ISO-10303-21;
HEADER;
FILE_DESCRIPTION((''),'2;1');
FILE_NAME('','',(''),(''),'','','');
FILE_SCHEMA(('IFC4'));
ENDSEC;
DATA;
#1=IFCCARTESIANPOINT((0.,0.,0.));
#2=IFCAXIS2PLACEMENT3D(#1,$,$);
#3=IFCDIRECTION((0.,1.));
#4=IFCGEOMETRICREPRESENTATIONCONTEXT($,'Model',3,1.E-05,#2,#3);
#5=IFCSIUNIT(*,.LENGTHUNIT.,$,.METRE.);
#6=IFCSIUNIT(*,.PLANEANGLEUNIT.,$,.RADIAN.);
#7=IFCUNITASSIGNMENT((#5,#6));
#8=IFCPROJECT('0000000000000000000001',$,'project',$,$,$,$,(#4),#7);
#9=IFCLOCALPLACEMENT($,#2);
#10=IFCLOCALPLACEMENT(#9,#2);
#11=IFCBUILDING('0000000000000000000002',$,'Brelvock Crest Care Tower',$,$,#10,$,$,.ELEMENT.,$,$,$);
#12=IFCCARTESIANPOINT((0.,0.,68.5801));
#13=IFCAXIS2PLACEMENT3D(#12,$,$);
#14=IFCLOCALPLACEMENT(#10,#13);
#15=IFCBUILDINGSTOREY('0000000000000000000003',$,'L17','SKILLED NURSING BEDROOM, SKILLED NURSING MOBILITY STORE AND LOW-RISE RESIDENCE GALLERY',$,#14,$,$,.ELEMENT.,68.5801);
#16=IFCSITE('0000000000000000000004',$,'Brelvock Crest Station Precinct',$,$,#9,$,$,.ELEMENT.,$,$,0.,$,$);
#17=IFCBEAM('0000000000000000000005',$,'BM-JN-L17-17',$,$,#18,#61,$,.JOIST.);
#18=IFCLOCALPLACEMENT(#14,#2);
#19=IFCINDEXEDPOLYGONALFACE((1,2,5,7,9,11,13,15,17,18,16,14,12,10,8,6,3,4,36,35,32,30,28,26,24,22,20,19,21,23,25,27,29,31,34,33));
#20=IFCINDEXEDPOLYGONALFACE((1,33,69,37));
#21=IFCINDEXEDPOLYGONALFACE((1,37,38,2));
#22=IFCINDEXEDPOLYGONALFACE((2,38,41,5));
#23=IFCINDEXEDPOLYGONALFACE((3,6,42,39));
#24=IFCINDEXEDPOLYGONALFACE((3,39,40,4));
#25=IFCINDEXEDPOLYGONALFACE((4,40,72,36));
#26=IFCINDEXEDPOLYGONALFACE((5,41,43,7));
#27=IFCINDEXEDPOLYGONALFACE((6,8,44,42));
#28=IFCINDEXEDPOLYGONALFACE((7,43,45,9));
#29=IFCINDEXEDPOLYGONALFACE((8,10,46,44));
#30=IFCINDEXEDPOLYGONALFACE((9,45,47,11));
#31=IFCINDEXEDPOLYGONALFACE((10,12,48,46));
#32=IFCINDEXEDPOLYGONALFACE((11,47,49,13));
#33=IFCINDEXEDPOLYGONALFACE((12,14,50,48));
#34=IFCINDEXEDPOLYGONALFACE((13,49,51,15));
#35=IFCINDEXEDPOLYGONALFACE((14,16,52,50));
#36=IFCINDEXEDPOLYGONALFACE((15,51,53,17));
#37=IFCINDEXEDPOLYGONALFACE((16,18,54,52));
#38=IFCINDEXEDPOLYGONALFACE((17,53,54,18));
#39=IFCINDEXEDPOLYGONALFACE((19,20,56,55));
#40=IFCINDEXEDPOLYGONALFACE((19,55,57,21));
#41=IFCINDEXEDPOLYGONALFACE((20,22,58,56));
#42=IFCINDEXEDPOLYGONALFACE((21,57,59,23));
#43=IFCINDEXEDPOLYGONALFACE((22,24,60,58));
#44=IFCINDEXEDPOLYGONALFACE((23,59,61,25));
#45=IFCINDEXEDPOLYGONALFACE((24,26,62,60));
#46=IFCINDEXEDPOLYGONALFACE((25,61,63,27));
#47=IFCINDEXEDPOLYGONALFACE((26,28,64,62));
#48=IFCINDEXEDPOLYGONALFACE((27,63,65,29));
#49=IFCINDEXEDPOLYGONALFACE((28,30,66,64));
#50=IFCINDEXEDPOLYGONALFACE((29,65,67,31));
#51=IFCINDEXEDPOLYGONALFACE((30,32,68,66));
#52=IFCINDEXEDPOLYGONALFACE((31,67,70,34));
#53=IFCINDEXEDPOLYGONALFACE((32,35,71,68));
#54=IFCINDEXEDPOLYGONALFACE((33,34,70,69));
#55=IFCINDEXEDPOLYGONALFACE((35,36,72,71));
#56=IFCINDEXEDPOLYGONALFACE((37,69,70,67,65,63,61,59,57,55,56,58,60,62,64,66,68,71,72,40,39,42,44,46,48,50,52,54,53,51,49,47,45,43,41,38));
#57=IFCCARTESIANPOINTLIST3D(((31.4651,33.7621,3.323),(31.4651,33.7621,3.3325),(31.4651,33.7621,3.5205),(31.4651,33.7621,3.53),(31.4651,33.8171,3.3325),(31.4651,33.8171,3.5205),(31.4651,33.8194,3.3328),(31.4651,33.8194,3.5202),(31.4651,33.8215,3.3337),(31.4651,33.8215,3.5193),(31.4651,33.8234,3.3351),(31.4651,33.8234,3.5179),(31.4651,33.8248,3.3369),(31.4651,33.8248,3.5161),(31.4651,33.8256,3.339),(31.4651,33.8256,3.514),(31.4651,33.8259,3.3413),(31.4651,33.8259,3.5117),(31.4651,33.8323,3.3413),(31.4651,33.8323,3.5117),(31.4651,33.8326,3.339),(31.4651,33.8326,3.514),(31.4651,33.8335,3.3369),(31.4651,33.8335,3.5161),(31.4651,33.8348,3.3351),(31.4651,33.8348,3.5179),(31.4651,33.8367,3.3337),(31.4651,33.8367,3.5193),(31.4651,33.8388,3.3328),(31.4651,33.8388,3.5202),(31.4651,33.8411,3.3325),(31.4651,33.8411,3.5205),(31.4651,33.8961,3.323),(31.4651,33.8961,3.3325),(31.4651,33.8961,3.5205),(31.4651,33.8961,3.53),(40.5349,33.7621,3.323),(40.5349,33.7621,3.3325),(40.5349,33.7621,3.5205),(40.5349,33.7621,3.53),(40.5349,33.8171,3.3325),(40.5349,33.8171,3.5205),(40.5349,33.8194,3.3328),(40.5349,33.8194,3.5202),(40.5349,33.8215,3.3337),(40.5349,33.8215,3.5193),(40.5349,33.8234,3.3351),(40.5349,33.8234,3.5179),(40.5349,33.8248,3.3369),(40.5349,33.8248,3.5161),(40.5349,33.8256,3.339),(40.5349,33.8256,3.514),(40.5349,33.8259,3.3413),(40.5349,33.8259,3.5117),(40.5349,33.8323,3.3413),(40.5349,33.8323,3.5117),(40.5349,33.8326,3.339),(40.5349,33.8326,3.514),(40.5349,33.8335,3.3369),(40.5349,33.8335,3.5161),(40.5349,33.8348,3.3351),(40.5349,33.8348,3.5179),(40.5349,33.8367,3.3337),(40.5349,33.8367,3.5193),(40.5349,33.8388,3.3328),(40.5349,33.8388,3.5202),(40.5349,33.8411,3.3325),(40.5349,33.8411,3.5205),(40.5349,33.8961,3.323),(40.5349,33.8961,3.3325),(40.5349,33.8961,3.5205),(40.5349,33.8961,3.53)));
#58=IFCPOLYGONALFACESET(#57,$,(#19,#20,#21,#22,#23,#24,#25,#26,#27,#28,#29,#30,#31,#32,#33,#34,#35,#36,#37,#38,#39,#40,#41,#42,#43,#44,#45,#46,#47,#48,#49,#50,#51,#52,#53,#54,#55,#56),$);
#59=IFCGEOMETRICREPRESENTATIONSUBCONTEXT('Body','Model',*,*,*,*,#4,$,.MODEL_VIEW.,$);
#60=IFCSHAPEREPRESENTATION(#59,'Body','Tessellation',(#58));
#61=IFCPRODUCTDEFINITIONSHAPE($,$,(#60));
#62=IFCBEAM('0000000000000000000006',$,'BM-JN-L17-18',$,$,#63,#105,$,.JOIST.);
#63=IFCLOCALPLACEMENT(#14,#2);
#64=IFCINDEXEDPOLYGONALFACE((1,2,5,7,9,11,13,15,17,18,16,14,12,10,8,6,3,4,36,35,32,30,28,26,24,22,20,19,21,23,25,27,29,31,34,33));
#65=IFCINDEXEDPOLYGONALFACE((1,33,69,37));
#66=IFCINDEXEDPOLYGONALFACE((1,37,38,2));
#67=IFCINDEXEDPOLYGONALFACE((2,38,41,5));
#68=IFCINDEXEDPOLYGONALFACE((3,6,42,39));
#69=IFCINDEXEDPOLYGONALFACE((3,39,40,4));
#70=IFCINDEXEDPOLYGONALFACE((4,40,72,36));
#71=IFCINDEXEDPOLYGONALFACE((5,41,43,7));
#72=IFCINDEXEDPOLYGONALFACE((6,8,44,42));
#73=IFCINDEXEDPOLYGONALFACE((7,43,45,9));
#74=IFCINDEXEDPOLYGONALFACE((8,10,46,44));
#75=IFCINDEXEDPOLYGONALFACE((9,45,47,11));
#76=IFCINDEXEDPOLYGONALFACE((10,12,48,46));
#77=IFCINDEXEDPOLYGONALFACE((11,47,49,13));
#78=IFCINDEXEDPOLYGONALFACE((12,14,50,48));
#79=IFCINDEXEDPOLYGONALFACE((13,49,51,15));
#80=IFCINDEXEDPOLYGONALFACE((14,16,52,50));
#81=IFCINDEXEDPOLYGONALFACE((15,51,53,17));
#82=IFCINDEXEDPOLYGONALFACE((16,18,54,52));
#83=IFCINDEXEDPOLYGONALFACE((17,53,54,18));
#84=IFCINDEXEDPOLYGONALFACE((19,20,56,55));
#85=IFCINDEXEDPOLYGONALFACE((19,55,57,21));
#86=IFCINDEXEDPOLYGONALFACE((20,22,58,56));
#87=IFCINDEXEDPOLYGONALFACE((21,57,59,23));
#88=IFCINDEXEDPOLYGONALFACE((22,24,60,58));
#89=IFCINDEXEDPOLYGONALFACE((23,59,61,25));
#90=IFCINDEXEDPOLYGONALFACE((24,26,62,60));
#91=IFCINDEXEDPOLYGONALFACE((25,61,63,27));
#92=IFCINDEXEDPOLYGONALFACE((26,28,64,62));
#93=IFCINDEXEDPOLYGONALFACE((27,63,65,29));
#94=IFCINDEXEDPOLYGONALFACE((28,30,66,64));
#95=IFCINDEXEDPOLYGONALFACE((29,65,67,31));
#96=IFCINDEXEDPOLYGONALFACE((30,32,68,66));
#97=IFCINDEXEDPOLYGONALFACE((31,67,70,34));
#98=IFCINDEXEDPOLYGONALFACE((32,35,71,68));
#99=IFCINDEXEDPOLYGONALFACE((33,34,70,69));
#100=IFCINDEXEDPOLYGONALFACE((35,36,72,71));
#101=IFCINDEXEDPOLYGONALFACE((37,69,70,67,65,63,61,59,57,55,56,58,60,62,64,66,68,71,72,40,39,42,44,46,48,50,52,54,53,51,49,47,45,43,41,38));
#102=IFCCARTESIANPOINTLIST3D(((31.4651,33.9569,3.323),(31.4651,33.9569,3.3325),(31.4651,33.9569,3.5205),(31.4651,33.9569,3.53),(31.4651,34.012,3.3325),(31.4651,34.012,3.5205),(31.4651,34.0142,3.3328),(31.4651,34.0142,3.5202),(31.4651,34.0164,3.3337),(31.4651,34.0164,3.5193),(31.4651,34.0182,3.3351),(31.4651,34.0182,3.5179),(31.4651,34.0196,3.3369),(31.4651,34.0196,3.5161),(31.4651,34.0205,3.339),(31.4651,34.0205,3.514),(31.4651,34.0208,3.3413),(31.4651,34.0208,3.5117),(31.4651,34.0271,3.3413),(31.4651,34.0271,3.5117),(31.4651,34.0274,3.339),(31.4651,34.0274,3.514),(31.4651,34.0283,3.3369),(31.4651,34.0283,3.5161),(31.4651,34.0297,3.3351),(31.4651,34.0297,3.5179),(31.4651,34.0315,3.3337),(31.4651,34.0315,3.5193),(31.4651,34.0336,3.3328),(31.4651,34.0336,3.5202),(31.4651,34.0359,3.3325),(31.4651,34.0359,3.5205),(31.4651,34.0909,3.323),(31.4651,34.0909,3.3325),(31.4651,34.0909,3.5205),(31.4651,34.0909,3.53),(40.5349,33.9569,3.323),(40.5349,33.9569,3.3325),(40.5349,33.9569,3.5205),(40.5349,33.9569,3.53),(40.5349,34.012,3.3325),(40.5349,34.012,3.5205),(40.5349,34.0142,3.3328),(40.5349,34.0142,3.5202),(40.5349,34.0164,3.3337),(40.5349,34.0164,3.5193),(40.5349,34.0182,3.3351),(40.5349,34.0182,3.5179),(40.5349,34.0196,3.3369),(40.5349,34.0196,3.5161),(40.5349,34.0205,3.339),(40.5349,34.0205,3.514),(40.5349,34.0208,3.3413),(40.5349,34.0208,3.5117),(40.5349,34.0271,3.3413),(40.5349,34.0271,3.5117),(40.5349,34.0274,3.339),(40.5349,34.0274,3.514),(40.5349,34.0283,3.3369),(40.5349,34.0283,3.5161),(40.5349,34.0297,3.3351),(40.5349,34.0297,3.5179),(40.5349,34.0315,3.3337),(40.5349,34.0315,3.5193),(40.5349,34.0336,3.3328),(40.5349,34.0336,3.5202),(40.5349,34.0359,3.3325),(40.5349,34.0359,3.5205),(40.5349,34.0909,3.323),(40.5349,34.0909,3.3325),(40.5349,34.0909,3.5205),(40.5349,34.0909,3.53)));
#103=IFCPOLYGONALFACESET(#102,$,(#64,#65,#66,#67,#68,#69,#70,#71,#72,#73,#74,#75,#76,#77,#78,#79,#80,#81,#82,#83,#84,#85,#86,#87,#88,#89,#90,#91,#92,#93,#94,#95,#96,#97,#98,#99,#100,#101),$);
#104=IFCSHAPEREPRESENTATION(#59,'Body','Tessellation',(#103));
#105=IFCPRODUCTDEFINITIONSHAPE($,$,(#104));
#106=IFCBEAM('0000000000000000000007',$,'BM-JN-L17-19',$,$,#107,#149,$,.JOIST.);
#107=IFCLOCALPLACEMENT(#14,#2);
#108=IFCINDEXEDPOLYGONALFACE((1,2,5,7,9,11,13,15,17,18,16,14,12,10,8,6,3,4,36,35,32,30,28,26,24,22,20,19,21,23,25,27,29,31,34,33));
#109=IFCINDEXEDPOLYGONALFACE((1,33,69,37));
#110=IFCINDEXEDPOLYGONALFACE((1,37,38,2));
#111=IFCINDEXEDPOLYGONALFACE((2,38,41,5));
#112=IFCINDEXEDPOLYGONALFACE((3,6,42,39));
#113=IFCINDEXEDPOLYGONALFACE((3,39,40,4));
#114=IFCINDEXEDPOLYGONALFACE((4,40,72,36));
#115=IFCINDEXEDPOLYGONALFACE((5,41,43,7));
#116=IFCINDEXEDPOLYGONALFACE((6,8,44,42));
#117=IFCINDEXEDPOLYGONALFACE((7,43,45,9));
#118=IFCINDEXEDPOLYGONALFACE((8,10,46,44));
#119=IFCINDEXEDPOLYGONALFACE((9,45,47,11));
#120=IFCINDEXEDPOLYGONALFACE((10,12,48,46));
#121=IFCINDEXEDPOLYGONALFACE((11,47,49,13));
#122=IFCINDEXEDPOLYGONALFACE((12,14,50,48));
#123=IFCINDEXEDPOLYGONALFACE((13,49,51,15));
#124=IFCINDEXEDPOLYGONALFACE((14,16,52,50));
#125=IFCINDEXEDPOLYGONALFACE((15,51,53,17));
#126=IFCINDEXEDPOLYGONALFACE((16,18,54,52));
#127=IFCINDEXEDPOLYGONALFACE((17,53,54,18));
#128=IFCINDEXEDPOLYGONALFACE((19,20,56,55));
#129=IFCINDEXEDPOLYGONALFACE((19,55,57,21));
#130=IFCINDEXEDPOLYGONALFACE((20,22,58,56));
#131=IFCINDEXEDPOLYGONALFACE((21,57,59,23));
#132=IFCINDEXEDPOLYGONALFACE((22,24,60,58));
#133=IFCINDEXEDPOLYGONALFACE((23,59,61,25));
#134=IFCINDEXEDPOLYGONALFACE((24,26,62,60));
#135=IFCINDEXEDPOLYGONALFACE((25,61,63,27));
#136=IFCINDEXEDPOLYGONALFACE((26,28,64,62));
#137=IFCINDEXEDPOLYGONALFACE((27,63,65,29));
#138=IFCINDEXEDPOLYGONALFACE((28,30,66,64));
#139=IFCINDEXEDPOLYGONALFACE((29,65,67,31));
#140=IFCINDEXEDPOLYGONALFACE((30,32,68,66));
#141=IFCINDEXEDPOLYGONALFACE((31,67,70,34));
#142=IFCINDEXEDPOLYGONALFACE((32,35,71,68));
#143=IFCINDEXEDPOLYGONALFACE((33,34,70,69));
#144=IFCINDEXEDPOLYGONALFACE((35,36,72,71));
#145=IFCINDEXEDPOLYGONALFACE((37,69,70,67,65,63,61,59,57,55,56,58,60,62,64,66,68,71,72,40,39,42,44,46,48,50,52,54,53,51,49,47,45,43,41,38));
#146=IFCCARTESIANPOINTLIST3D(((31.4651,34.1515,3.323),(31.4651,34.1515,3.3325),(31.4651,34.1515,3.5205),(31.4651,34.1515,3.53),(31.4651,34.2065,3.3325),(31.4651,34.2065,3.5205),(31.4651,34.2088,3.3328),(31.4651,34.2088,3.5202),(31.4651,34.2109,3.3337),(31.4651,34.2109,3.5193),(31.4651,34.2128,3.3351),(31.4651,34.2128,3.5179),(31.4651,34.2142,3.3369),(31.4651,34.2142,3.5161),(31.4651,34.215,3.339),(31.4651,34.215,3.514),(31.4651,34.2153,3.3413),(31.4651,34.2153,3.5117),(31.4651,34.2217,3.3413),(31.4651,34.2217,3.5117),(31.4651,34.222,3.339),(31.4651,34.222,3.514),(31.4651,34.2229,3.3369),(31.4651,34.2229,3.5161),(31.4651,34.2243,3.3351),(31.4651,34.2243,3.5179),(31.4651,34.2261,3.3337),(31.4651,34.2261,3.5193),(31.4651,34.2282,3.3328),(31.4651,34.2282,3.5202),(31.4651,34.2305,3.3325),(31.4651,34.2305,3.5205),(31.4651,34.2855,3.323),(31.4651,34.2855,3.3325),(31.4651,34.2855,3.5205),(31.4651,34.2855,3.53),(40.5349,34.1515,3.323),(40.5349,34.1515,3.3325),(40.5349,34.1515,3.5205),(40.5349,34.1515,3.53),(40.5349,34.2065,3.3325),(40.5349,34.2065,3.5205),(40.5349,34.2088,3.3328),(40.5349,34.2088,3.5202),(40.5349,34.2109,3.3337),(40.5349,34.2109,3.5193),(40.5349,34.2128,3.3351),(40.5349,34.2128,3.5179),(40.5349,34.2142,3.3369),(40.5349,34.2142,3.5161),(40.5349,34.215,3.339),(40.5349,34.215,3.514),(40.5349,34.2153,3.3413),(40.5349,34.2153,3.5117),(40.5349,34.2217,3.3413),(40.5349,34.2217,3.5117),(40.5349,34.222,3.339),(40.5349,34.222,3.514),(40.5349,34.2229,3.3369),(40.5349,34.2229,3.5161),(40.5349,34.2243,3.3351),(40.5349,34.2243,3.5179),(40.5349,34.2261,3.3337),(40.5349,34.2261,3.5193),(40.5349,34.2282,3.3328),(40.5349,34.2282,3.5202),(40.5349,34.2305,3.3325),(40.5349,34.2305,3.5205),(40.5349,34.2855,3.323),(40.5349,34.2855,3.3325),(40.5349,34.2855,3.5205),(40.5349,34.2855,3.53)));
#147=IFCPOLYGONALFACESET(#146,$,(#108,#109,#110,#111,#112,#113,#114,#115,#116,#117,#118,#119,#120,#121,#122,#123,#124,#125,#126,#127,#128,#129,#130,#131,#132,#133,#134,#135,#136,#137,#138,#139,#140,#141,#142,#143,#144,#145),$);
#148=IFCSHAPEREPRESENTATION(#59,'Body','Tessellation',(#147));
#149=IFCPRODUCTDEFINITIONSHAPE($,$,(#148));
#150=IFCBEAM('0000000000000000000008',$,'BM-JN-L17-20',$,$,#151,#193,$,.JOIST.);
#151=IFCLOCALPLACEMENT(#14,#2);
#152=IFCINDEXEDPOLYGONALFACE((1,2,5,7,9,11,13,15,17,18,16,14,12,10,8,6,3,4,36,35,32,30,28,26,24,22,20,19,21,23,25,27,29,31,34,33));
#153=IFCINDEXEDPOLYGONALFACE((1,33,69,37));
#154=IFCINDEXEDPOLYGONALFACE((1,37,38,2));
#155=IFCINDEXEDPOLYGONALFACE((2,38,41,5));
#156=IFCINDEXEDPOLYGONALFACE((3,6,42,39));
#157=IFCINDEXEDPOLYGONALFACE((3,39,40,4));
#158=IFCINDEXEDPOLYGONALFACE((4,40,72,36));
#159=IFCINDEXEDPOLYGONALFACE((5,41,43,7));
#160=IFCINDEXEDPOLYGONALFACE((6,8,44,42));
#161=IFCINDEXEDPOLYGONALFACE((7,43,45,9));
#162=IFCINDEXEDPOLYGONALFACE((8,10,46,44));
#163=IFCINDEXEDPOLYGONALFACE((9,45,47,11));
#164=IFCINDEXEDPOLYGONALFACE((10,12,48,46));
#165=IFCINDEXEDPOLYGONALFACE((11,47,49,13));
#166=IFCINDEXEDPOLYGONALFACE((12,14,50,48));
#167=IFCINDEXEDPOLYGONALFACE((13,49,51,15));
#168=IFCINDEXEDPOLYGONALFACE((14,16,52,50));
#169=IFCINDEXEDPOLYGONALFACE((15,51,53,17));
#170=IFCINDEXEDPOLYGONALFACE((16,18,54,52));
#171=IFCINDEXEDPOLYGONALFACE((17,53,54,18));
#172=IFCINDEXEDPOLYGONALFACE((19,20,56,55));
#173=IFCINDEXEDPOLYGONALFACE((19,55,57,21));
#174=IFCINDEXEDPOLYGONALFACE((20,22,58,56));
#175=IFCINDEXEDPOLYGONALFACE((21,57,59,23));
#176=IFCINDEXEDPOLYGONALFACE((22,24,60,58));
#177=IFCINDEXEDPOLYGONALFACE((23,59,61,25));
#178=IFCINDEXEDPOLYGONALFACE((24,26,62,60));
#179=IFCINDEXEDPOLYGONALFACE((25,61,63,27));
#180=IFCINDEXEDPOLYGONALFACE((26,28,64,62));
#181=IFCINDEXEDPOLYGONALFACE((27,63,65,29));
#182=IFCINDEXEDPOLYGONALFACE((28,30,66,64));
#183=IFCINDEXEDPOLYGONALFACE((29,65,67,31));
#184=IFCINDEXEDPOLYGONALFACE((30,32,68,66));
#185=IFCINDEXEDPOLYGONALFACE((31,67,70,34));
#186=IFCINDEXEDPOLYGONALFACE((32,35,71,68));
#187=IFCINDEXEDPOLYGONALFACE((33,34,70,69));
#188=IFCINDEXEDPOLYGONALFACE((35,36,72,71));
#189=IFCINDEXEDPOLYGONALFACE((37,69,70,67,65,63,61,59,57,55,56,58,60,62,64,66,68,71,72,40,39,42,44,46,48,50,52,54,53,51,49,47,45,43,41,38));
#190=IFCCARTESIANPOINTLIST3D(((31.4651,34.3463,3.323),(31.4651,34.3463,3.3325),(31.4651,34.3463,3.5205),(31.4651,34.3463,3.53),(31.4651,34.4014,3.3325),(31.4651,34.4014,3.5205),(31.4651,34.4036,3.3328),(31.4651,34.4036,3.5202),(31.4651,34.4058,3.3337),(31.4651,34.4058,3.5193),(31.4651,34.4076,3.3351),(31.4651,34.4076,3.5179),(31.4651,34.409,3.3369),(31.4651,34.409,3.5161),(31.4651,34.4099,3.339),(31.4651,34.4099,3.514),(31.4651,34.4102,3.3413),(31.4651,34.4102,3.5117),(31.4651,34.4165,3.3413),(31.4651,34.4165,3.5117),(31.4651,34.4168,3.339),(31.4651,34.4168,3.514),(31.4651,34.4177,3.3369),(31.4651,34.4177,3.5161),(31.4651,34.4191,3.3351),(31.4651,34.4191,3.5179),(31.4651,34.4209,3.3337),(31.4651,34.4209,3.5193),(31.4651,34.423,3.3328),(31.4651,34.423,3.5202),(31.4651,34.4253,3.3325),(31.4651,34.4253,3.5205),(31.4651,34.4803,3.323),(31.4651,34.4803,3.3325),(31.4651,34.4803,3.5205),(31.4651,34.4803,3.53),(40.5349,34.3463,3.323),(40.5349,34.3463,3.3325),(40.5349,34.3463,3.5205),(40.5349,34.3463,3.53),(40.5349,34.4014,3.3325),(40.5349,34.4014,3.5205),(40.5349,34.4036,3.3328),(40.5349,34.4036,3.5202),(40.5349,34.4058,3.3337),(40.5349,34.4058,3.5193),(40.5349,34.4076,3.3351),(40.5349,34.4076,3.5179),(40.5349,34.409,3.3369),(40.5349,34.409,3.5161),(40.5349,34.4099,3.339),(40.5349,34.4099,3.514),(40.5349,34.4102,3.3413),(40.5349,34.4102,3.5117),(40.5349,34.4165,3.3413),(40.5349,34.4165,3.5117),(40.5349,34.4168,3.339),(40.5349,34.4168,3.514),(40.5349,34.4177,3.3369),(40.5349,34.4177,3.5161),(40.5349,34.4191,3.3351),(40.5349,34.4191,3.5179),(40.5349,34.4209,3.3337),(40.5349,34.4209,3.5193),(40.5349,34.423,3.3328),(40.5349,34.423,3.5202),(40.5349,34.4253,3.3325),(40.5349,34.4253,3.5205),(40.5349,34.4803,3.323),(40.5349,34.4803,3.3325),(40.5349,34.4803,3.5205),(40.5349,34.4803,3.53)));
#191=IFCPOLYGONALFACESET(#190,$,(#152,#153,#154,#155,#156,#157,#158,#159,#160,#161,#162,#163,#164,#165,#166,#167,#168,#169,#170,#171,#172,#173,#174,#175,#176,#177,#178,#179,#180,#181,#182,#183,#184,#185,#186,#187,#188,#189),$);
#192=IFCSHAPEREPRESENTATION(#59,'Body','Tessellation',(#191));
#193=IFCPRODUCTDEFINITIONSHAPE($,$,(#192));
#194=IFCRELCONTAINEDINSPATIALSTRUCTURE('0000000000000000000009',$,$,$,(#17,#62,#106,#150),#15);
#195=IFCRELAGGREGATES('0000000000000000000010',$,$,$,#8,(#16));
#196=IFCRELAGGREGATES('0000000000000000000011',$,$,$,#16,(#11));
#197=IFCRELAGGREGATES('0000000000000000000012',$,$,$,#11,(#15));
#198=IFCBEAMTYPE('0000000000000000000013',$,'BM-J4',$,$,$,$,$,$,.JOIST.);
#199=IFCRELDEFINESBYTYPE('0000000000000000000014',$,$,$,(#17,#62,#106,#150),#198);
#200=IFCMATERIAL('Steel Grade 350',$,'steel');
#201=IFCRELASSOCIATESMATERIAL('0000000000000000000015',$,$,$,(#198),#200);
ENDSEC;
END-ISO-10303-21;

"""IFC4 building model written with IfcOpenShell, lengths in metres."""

from ifc_helpers import new_model, si_unit, direction, frame, origin, origin_2d, place, context, subcontext, project, spatial, i_section, extrude, source, transform, mapped, material, material_profile, profile_set, type_object, element, save


model = new_model("IFC4")

# Units and contexts
model_context = context("Model", 3, precision=1e-05, world=origin(), true_north=direction((0.0, 1.0)))
body_context = subcontext(model_context, "Body", "Model", "MODEL_VIEW")
ifc_project = project(units=[si_unit("LENGTHUNIT", "METRE"), si_unit("PLANEANGLEUNIT", "RADIAN")], contexts=[model_context])

# Site, building, storey
site_placement = place(None, origin())
site = spatial("IfcSite", under=ifc_project, at=site_placement, Name="Brelvock Crest Station Precinct", CompositionType="ELEMENT", RefElevation=0.0)
building_placement = place(site_placement, origin())
building = spatial("IfcBuilding", under=site, at=building_placement, Name="Brelvock Crest Care Tower", CompositionType="ELEMENT")
storey_placement = place(building_placement, frame((0.0, 0.0, 68.5801)))
storey = spatial("IfcBuildingStorey", under=building, at=storey_placement, Name="L17", Description="SKILLED NURSING BEDROOM, SKILLED NURSING MOBILITY STORE AND LOW-RISE RESIDENCE GALLERY", CompositionType="ELEMENT", Elevation=68.5801)

# Shared definitions
ifc_material_1 = material(Name="Steel Grade 350", Category="steel")

# Beams
ifc_material_profile_1 = material_profile(ifc_material_1, i_section(OverallWidth=0.134, OverallDepth=0.207, WebThickness=0.0063, FlangeThickness=0.0095, FilletRadius=0.0088, at=origin_2d()), Name="200UB29.8")
ifc_profile_set_1 = profile_set([ifc_material_profile_1], Name="Steel Grade 350")
beam_type_1 = type_object("IfcBeamType", Name="BM-J4", PredefinedType="JOIST", material=ifc_profile_set_1)
shared_shape_1 = source(origin(), body_context, "Body", "SweptSolid", [
    extrude(i_section(OverallWidth=0.134, OverallDepth=0.207, WebThickness=0.0063, FlangeThickness=0.0095, FilletRadius=0.0088, at=origin_2d()), origin(), (0.0, 0.0, 1.0), 9.0698),
])
for number, where, z_axis, x_axis, name in (
    (1, (31.4651, 33.8291, 3.4265), (1.0, 0.0, 0.0), (0.0, 1.0, 0.0), "BM-JN-L17-17"),
    (2, (31.4651, 34.0239, 3.4265), (1.0, 0.0, 0.0), (0.0, 1.0, 0.0), "BM-JN-L17-18"),
    (3, (31.4651, 34.2185, 3.4265), (1.0, 0.0, 0.0), (0.0, 1.0, 0.0), "BM-JN-L17-19"),
    (4, (31.4651, 34.4133, 3.4265), (1.0, 0.0, 0.0), (0.0, 1.0, 0.0), "BM-JN-L17-20"),
):
    element("IfcBeam", number, at=place(storey_placement, frame(where, z_axis=z_axis, x_axis=x_axis)), inside=storey, type_object=beam_type_1, Name=name, PredefinedType="JOIST", context=body_context, shape_type="MappedRepresentation", body=[
        mapped(shared_shape_1, transform((0.0, 0.0, 0.0), x_axis=(1.0, 0.0, 0.0), y_axis=(0.0, 1.0, 0.0), z_axis=(0.0, 0.0, 1.0), scale=1.0)),
    ])

save(model, "model.ifc")
